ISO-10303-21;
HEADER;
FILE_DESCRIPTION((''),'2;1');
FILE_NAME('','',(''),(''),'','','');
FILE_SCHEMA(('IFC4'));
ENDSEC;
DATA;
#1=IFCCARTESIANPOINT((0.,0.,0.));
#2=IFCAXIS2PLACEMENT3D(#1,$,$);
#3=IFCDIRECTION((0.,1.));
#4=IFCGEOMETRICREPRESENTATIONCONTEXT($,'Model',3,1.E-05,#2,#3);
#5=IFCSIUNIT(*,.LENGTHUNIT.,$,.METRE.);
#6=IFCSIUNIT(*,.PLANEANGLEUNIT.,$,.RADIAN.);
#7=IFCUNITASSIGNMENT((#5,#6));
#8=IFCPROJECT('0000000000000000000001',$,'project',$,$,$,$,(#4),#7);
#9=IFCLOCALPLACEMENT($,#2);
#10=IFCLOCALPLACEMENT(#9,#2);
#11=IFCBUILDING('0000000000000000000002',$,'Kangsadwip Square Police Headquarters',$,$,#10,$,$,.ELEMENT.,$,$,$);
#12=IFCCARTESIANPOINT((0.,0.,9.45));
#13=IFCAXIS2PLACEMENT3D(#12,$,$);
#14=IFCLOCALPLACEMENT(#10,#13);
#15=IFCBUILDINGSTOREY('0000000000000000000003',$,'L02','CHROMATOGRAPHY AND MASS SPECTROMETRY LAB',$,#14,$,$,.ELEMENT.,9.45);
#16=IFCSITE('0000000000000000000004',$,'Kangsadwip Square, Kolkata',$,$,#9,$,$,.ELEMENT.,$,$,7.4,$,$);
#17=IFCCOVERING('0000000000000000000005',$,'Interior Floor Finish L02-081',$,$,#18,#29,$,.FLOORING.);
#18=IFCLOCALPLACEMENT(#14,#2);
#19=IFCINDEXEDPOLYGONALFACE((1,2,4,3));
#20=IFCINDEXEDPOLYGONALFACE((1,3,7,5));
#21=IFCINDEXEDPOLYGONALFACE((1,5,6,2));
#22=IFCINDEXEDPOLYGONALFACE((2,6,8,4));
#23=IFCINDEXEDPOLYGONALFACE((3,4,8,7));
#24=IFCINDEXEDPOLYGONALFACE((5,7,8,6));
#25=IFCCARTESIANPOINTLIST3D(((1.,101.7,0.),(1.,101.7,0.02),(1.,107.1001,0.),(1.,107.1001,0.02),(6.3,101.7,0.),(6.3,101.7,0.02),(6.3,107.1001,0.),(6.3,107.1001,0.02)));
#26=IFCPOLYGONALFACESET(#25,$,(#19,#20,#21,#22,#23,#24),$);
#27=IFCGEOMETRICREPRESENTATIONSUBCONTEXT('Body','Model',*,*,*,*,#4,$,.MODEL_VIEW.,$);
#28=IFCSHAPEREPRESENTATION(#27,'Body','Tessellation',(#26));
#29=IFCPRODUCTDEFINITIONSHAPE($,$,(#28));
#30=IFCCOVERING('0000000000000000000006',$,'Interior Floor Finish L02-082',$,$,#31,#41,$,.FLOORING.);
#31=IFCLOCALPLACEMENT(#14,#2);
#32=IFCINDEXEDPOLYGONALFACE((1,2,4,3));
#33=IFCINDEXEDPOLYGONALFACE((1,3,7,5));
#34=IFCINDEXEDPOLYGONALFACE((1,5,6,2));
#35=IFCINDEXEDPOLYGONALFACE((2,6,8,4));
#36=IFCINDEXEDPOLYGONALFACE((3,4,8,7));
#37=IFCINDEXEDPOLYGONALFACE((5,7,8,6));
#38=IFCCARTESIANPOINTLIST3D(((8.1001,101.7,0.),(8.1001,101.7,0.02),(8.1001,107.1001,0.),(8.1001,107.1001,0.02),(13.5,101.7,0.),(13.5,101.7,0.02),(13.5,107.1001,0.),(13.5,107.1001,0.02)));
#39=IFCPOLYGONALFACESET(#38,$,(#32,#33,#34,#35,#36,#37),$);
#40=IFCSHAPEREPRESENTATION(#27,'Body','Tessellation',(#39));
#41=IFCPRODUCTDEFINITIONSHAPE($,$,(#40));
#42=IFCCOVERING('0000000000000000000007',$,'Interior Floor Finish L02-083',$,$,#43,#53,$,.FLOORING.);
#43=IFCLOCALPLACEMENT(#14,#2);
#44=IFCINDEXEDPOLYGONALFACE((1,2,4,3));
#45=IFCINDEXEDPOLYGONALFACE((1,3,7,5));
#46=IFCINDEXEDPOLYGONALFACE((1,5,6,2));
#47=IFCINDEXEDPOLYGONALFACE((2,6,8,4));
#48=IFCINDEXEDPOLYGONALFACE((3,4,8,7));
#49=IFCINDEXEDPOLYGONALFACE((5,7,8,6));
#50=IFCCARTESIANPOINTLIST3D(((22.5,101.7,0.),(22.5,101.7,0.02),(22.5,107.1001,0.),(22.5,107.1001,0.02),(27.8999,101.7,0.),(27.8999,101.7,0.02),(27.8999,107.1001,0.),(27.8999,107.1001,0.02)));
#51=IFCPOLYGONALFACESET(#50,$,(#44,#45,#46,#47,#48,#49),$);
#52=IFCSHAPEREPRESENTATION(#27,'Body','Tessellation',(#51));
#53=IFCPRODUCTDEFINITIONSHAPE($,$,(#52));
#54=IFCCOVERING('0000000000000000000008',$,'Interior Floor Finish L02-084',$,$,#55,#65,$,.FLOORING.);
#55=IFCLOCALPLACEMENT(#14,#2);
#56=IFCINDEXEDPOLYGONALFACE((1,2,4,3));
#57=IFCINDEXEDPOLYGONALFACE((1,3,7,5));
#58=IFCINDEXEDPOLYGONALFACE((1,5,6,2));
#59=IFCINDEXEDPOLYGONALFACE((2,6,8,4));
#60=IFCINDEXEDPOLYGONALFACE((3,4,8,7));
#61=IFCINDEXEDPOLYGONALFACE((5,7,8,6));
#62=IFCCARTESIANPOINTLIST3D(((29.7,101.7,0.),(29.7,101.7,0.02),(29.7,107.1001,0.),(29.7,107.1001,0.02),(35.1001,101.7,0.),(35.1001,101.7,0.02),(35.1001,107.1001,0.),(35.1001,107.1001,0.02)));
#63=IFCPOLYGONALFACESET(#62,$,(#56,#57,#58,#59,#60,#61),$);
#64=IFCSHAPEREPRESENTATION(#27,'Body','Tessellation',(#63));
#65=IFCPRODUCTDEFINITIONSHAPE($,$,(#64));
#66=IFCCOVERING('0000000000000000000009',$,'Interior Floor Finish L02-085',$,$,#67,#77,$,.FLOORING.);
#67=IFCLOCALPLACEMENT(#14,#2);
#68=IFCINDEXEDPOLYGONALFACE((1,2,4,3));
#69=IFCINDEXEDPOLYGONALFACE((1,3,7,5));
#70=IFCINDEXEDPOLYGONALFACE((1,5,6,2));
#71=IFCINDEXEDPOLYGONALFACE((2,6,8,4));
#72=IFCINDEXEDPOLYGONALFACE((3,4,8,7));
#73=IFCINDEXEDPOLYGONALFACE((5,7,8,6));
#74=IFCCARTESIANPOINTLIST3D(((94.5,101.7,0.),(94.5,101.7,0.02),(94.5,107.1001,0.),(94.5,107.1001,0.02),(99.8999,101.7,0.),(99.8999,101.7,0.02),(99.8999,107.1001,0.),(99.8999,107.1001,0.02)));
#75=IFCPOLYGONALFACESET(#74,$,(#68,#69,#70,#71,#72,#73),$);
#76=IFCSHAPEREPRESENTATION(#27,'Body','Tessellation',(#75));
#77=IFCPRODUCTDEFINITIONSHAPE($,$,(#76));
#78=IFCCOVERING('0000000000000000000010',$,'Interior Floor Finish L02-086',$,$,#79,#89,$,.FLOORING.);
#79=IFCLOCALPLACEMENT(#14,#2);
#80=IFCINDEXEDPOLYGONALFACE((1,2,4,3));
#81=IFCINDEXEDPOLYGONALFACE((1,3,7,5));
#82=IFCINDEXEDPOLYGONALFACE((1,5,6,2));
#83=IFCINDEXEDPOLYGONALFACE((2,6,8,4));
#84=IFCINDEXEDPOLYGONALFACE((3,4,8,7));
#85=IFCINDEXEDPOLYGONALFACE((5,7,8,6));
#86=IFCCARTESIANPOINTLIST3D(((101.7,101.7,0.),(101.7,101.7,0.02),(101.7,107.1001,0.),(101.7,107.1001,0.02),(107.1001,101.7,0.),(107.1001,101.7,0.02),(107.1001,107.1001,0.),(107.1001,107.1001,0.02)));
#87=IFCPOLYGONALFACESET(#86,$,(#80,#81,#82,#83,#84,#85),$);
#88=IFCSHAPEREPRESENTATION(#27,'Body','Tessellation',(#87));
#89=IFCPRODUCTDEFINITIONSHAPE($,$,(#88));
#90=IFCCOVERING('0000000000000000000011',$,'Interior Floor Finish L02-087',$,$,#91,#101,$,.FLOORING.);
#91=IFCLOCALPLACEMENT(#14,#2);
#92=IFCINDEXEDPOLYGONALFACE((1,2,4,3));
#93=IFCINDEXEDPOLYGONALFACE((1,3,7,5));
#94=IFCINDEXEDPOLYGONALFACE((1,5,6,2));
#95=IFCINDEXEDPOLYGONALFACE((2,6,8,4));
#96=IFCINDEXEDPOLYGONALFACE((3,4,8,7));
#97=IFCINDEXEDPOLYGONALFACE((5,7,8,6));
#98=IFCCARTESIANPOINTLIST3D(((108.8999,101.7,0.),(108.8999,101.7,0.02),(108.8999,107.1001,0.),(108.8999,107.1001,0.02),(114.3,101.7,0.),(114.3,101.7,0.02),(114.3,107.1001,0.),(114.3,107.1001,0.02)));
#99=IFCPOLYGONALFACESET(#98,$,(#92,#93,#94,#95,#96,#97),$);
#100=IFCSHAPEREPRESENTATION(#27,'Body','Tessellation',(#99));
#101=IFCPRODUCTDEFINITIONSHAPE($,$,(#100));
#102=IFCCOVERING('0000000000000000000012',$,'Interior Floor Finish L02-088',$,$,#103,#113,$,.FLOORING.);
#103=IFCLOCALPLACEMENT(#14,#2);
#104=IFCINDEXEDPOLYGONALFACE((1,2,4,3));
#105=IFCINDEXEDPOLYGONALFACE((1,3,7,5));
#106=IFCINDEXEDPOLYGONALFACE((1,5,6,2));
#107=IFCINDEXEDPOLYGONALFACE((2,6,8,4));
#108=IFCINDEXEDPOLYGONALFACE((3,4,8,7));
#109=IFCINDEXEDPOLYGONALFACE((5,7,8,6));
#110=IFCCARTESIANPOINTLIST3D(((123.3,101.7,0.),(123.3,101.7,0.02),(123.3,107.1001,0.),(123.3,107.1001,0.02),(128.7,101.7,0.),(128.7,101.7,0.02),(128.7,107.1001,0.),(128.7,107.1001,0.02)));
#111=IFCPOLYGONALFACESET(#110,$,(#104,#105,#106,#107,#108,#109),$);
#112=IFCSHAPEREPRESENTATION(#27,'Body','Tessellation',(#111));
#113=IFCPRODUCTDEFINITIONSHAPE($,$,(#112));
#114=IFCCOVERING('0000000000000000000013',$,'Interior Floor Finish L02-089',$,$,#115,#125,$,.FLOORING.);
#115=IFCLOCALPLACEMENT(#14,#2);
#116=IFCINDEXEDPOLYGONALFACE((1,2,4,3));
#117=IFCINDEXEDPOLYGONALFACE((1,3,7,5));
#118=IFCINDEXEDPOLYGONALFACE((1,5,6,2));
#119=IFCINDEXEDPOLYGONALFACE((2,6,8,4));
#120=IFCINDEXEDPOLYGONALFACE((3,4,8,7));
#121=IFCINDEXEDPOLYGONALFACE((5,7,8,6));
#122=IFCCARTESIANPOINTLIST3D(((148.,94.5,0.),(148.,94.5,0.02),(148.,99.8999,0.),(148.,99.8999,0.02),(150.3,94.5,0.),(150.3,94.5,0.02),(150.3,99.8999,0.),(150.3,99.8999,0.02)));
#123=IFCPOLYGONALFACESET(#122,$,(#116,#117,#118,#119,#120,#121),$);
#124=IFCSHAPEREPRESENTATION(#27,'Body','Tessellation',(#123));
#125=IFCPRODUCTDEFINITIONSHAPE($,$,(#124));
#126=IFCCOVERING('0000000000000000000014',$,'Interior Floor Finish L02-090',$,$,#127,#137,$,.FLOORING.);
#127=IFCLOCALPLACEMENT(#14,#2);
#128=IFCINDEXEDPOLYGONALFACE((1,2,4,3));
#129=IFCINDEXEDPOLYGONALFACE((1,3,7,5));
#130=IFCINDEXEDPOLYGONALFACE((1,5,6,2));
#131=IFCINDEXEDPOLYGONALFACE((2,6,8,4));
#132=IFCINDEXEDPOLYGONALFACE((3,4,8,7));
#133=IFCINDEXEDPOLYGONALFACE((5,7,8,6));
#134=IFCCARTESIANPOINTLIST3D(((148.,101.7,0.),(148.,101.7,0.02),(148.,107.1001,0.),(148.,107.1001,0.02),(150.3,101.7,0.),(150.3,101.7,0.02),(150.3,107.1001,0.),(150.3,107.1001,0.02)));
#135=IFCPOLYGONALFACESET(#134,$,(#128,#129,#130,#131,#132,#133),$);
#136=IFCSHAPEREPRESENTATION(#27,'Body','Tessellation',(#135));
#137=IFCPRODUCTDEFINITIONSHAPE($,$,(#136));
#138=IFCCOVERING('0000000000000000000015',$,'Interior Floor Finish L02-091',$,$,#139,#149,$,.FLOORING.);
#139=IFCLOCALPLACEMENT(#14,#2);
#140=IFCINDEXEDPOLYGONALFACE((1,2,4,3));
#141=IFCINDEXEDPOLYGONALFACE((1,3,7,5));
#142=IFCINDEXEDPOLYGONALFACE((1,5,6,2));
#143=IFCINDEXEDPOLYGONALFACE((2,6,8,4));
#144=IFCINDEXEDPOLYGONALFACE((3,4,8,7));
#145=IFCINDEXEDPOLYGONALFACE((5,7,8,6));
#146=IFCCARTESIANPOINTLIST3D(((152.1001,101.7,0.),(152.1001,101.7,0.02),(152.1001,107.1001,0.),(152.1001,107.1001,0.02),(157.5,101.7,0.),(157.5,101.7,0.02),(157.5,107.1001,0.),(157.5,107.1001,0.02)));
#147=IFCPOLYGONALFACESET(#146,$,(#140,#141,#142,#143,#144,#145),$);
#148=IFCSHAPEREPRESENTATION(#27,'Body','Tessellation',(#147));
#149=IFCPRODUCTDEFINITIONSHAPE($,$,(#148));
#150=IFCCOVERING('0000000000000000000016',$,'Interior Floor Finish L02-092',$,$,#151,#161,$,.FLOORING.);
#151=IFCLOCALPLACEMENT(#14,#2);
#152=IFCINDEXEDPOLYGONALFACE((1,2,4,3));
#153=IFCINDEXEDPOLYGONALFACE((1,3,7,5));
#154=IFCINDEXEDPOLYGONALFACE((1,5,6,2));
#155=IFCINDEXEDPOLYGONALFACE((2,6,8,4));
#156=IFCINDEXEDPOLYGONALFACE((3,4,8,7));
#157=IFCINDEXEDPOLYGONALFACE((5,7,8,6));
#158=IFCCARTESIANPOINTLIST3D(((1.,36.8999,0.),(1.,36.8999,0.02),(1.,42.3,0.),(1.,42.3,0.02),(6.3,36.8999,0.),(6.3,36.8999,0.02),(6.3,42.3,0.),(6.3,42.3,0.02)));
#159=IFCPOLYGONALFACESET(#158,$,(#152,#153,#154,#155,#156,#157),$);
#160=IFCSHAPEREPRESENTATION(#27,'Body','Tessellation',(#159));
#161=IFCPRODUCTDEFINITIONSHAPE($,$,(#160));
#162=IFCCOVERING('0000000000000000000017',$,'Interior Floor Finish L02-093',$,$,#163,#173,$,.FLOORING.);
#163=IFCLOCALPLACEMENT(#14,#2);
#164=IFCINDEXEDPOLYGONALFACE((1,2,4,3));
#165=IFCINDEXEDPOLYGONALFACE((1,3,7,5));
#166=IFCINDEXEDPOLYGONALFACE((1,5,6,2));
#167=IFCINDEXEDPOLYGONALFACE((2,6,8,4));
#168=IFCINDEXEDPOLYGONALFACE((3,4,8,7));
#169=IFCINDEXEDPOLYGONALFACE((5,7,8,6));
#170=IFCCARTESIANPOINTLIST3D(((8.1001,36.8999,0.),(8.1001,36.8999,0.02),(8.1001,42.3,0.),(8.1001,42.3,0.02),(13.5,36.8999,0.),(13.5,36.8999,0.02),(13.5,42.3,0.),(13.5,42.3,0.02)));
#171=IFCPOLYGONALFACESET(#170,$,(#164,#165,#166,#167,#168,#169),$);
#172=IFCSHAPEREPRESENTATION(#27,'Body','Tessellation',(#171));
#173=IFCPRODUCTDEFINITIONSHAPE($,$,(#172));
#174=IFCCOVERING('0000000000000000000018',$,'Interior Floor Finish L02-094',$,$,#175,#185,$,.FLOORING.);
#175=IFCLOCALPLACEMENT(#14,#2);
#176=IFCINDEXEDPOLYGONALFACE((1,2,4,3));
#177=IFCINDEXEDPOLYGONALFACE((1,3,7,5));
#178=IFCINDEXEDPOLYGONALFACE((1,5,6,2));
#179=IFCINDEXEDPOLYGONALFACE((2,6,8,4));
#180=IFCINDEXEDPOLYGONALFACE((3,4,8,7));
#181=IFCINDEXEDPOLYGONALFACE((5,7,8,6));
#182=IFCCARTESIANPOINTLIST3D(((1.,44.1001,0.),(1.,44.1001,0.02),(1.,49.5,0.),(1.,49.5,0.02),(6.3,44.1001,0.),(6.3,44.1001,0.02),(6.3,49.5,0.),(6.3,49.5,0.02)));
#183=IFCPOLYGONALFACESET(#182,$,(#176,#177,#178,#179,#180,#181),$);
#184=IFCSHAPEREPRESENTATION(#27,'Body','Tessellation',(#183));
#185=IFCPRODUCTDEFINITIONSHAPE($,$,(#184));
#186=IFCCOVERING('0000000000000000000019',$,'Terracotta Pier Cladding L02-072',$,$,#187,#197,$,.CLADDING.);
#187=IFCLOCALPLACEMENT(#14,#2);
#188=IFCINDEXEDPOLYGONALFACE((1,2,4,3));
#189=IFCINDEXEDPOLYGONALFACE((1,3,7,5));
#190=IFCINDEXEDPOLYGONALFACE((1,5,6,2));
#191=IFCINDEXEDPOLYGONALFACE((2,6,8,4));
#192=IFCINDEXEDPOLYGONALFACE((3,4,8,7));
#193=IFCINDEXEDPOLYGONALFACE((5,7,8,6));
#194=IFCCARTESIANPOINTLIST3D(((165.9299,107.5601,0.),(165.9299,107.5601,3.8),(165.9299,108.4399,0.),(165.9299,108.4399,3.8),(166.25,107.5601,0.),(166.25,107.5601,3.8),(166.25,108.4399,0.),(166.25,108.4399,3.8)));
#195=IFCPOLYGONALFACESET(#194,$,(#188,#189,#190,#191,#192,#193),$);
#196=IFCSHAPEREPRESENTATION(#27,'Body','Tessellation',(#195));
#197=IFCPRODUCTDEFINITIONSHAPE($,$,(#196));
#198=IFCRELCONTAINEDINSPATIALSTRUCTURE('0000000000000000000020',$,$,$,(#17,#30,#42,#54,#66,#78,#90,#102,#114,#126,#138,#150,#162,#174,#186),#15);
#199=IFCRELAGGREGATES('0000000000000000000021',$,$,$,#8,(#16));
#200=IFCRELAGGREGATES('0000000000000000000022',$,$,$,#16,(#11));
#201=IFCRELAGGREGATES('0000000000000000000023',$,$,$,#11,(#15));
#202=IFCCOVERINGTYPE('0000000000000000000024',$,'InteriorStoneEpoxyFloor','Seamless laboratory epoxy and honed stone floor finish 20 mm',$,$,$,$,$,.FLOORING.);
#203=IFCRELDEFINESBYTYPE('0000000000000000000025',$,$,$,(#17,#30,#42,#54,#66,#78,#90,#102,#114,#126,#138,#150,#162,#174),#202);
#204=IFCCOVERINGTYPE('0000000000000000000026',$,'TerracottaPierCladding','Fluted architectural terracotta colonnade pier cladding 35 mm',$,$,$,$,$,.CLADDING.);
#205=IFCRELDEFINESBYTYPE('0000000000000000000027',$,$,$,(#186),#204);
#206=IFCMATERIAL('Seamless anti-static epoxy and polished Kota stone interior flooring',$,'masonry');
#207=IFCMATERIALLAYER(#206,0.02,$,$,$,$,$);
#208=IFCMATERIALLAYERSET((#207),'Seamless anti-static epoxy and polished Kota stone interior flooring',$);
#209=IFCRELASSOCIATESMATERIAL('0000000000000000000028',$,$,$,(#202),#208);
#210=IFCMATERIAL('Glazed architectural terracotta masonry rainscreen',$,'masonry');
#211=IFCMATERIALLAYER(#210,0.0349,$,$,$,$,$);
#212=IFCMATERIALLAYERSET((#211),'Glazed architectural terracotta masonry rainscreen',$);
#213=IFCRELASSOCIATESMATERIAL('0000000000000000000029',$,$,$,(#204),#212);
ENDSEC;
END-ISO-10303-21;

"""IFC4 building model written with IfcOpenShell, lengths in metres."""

from ifc_helpers import new_model, si_unit, direction, frame, origin, place, context, subcontext, project, spatial, polyline, outline, extrude, material, layer, layer_set, type_object, element, save


model = new_model("IFC4")

# Units and contexts
model_context = context("Model", 3, precision=1e-05, world=origin(), true_north=direction((0.0, 1.0)))
body_context = subcontext(model_context, "Body", "Model", "MODEL_VIEW")
ifc_project = project(units=[si_unit("LENGTHUNIT", "METRE"), si_unit("PLANEANGLEUNIT", "RADIAN")], contexts=[model_context])

# Site, building, storey
site_placement = place(None, origin())
site = spatial("IfcSite", under=ifc_project, at=site_placement, Name="Kangsadwip Square, Kolkata", CompositionType="ELEMENT", RefElevation=7.4)
building_placement = place(site_placement, origin())
building = spatial("IfcBuilding", under=site, at=building_placement, Name="Kangsadwip Square Police Headquarters", CompositionType="ELEMENT")
storey_placement = place(building_placement, frame((0.0, 0.0, 9.45)))
storey = spatial("IfcBuildingStorey", under=building, at=storey_placement, Name="L02", Description="CHROMATOGRAPHY AND MASS SPECTROMETRY LAB", CompositionType="ELEMENT", Elevation=9.45)

# Coverings
ifc_material_1 = material(Name="Seamless anti-static epoxy and polished Kota stone interior flooring", Category="masonry")
ifc_layer_1 = layer(ifc_material_1, 0.02)
ifc_layer_set_1 = layer_set([ifc_layer_1], Name="Seamless anti-static epoxy and polished Kota stone interior flooring")
covering_type_1 = type_object("IfcCoveringType", Name="InteriorStoneEpoxyFloor", Description="Seamless laboratory epoxy and honed stone floor finish 20 mm", PredefinedType="FLOORING", material=ifc_layer_set_1)
covering_1_placement = place(storey_placement, origin())
element("IfcCovering", 1, at=covering_1_placement, inside=storey, type_object=covering_type_1, Name="Interior Floor Finish L02-081", PredefinedType="FLOORING", context=body_context, shape_type="SweptSolid", body=[
    extrude(outline(polyline([(1.0, 101.7), (6.3, 101.7), (6.3, 107.1001), (1.0, 107.1001), (1.0, 101.7)])), origin(), (0.0, 0.0, 1.0), 0.02),
])
covering_2_placement = place(storey_placement, origin())
element("IfcCovering", 2, at=covering_2_placement, inside=storey, type_object=covering_type_1, Name="Interior Floor Finish L02-082", PredefinedType="FLOORING", context=body_context, shape_type="SweptSolid", body=[
    extrude(outline(polyline([(8.1001, 101.7), (13.5, 101.7), (13.5, 107.1001), (8.1001, 107.1001), (8.1001, 101.7)])), origin(), (0.0, 0.0, 1.0), 0.02),
])
covering_3_placement = place(storey_placement, origin())
element("IfcCovering", 3, at=covering_3_placement, inside=storey, type_object=covering_type_1, Name="Interior Floor Finish L02-083", PredefinedType="FLOORING", context=body_context, shape_type="SweptSolid", body=[
    extrude(outline(polyline([(22.5, 101.7), (27.8999, 101.7), (27.8999, 107.1001), (22.5, 107.1001), (22.5, 101.7)])), origin(), (0.0, 0.0, 1.0), 0.02),
])
covering_4_placement = place(storey_placement, origin())
element("IfcCovering", 4, at=covering_4_placement, inside=storey, type_object=covering_type_1, Name="Interior Floor Finish L02-084", PredefinedType="FLOORING", context=body_context, shape_type="SweptSolid", body=[
    extrude(outline(polyline([(29.7, 101.7), (35.1001, 101.7), (35.1001, 107.1001), (29.7, 107.1001), (29.7, 101.7)])), origin(), (0.0, 0.0, 1.0), 0.02),
])
covering_5_placement = place(storey_placement, origin())
element("IfcCovering", 5, at=covering_5_placement, inside=storey, type_object=covering_type_1, Name="Interior Floor Finish L02-085", PredefinedType="FLOORING", context=body_context, shape_type="SweptSolid", body=[
    extrude(outline(polyline([(94.5, 101.7), (99.8999, 101.7), (99.8999, 107.1001), (94.5, 107.1001), (94.5, 101.7)])), origin(), (0.0, 0.0, 1.0), 0.02),
])
covering_6_placement = place(storey_placement, origin())
element("IfcCovering", 6, at=covering_6_placement, inside=storey, type_object=covering_type_1, Name="Interior Floor Finish L02-086", PredefinedType="FLOORING", context=body_context, shape_type="SweptSolid", body=[
    extrude(outline(polyline([(101.7, 101.7), (107.1001, 101.7), (107.1001, 107.1001), (101.7, 107.1001), (101.7, 101.7)])), origin(), (0.0, 0.0, 1.0), 0.02),
])
covering_7_placement = place(storey_placement, origin())
element("IfcCovering", 7, at=covering_7_placement, inside=storey, type_object=covering_type_1, Name="Interior Floor Finish L02-087", PredefinedType="FLOORING", context=body_context, shape_type="SweptSolid", body=[
    extrude(outline(polyline([(108.8999, 101.7), (114.3, 101.7), (114.3, 107.1001), (108.8999, 107.1001), (108.8999, 101.7)])), origin(), (0.0, 0.0, 1.0), 0.02),
])
covering_8_placement = place(storey_placement, origin())
element("IfcCovering", 8, at=covering_8_placement, inside=storey, type_object=covering_type_1, Name="Interior Floor Finish L02-088", PredefinedType="FLOORING", context=body_context, shape_type="SweptSolid", body=[
    extrude(outline(polyline([(123.3, 101.7), (128.7, 101.7), (128.7, 107.1001), (123.3, 107.1001), (123.3, 101.7)])), origin(), (0.0, 0.0, 1.0), 0.02),
])
covering_9_placement = place(storey_placement, origin())
element("IfcCovering", 9, at=covering_9_placement, inside=storey, type_object=covering_type_1, Name="Interior Floor Finish L02-089", PredefinedType="FLOORING", context=body_context, shape_type="SweptSolid", body=[
    extrude(outline(polyline([(148.0, 94.5), (150.3, 94.5), (150.3, 99.8999), (148.0, 99.8999), (148.0, 94.5)])), origin(), (0.0, 0.0, 1.0), 0.02),
])
covering_10_placement = place(storey_placement, origin())
element("IfcCovering", 10, at=covering_10_placement, inside=storey, type_object=covering_type_1, Name="Interior Floor Finish L02-090", PredefinedType="FLOORING", context=body_context, shape_type="SweptSolid", body=[
    extrude(outline(polyline([(148.0, 101.7), (150.3, 101.7), (150.3, 107.1001), (148.0, 107.1001), (148.0, 101.7)])), origin(), (0.0, 0.0, 1.0), 0.02),
])
covering_11_placement = place(storey_placement, origin())
element("IfcCovering", 11, at=covering_11_placement, inside=storey, type_object=covering_type_1, Name="Interior Floor Finish L02-091", PredefinedType="FLOORING", context=body_context, shape_type="SweptSolid", body=[
    extrude(outline(polyline([(152.1001, 101.7), (157.5, 101.7), (157.5, 107.1001), (152.1001, 107.1001), (152.1001, 101.7)])), origin(), (0.0, 0.0, 1.0), 0.02),
])
covering_12_placement = place(storey_placement, origin())
element("IfcCovering", 12, at=covering_12_placement, inside=storey, type_object=covering_type_1, Name="Interior Floor Finish L02-092", PredefinedType="FLOORING", context=body_context, shape_type="SweptSolid", body=[
    extrude(outline(polyline([(1.0, 36.8999), (6.3, 36.8999), (6.3, 42.3), (1.0, 42.3), (1.0, 36.8999)])), origin(), (0.0, 0.0, 1.0), 0.02),
])
covering_13_placement = place(storey_placement, origin())
element("IfcCovering", 13, at=covering_13_placement, inside=storey, type_object=covering_type_1, Name="Interior Floor Finish L02-093", PredefinedType="FLOORING", context=body_context, shape_type="SweptSolid", body=[
    extrude(outline(polyline([(8.1001, 36.8999), (13.5, 36.8999), (13.5, 42.3), (8.1001, 42.3), (8.1001, 36.8999)])), origin(), (0.0, 0.0, 1.0), 0.02),
])
covering_14_placement = place(storey_placement, origin())
element("IfcCovering", 14, at=covering_14_placement, inside=storey, type_object=covering_type_1, Name="Interior Floor Finish L02-094", PredefinedType="FLOORING", context=body_context, shape_type="SweptSolid", body=[
    extrude(outline(polyline([(1.0, 44.1001), (6.3, 44.1001), (6.3, 49.5), (1.0, 49.5), (1.0, 44.1001)])), origin(), (0.0, 0.0, 1.0), 0.02),
])
ifc_material_2 = material(Name="Glazed architectural terracotta masonry rainscreen", Category="masonry")
ifc_layer_2 = layer(ifc_material_2, 0.0349)
ifc_layer_set_2 = layer_set([ifc_layer_2], Name="Glazed architectural terracotta masonry rainscreen")
covering_type_2 = type_object("IfcCoveringType", Name="TerracottaPierCladding", Description="Fluted architectural terracotta colonnade pier cladding 35 mm", PredefinedType="CLADDING", material=ifc_layer_set_2)
covering_15_placement = place(storey_placement, origin())
element("IfcCovering", 15, at=covering_15_placement, inside=storey, type_object=covering_type_2, Name="Terracotta Pier Cladding L02-072", PredefinedType="CLADDING", context=body_context, shape_type="SweptSolid", body=[
    extrude(outline(polyline([(165.9299, 107.5601), (166.25, 107.5601), (166.25, 108.4399), (165.9299, 108.4399), (165.9299, 107.5601)])), origin(), (0.0, 0.0, 1.0), 3.8),
])

save(model, "model.ifc")
